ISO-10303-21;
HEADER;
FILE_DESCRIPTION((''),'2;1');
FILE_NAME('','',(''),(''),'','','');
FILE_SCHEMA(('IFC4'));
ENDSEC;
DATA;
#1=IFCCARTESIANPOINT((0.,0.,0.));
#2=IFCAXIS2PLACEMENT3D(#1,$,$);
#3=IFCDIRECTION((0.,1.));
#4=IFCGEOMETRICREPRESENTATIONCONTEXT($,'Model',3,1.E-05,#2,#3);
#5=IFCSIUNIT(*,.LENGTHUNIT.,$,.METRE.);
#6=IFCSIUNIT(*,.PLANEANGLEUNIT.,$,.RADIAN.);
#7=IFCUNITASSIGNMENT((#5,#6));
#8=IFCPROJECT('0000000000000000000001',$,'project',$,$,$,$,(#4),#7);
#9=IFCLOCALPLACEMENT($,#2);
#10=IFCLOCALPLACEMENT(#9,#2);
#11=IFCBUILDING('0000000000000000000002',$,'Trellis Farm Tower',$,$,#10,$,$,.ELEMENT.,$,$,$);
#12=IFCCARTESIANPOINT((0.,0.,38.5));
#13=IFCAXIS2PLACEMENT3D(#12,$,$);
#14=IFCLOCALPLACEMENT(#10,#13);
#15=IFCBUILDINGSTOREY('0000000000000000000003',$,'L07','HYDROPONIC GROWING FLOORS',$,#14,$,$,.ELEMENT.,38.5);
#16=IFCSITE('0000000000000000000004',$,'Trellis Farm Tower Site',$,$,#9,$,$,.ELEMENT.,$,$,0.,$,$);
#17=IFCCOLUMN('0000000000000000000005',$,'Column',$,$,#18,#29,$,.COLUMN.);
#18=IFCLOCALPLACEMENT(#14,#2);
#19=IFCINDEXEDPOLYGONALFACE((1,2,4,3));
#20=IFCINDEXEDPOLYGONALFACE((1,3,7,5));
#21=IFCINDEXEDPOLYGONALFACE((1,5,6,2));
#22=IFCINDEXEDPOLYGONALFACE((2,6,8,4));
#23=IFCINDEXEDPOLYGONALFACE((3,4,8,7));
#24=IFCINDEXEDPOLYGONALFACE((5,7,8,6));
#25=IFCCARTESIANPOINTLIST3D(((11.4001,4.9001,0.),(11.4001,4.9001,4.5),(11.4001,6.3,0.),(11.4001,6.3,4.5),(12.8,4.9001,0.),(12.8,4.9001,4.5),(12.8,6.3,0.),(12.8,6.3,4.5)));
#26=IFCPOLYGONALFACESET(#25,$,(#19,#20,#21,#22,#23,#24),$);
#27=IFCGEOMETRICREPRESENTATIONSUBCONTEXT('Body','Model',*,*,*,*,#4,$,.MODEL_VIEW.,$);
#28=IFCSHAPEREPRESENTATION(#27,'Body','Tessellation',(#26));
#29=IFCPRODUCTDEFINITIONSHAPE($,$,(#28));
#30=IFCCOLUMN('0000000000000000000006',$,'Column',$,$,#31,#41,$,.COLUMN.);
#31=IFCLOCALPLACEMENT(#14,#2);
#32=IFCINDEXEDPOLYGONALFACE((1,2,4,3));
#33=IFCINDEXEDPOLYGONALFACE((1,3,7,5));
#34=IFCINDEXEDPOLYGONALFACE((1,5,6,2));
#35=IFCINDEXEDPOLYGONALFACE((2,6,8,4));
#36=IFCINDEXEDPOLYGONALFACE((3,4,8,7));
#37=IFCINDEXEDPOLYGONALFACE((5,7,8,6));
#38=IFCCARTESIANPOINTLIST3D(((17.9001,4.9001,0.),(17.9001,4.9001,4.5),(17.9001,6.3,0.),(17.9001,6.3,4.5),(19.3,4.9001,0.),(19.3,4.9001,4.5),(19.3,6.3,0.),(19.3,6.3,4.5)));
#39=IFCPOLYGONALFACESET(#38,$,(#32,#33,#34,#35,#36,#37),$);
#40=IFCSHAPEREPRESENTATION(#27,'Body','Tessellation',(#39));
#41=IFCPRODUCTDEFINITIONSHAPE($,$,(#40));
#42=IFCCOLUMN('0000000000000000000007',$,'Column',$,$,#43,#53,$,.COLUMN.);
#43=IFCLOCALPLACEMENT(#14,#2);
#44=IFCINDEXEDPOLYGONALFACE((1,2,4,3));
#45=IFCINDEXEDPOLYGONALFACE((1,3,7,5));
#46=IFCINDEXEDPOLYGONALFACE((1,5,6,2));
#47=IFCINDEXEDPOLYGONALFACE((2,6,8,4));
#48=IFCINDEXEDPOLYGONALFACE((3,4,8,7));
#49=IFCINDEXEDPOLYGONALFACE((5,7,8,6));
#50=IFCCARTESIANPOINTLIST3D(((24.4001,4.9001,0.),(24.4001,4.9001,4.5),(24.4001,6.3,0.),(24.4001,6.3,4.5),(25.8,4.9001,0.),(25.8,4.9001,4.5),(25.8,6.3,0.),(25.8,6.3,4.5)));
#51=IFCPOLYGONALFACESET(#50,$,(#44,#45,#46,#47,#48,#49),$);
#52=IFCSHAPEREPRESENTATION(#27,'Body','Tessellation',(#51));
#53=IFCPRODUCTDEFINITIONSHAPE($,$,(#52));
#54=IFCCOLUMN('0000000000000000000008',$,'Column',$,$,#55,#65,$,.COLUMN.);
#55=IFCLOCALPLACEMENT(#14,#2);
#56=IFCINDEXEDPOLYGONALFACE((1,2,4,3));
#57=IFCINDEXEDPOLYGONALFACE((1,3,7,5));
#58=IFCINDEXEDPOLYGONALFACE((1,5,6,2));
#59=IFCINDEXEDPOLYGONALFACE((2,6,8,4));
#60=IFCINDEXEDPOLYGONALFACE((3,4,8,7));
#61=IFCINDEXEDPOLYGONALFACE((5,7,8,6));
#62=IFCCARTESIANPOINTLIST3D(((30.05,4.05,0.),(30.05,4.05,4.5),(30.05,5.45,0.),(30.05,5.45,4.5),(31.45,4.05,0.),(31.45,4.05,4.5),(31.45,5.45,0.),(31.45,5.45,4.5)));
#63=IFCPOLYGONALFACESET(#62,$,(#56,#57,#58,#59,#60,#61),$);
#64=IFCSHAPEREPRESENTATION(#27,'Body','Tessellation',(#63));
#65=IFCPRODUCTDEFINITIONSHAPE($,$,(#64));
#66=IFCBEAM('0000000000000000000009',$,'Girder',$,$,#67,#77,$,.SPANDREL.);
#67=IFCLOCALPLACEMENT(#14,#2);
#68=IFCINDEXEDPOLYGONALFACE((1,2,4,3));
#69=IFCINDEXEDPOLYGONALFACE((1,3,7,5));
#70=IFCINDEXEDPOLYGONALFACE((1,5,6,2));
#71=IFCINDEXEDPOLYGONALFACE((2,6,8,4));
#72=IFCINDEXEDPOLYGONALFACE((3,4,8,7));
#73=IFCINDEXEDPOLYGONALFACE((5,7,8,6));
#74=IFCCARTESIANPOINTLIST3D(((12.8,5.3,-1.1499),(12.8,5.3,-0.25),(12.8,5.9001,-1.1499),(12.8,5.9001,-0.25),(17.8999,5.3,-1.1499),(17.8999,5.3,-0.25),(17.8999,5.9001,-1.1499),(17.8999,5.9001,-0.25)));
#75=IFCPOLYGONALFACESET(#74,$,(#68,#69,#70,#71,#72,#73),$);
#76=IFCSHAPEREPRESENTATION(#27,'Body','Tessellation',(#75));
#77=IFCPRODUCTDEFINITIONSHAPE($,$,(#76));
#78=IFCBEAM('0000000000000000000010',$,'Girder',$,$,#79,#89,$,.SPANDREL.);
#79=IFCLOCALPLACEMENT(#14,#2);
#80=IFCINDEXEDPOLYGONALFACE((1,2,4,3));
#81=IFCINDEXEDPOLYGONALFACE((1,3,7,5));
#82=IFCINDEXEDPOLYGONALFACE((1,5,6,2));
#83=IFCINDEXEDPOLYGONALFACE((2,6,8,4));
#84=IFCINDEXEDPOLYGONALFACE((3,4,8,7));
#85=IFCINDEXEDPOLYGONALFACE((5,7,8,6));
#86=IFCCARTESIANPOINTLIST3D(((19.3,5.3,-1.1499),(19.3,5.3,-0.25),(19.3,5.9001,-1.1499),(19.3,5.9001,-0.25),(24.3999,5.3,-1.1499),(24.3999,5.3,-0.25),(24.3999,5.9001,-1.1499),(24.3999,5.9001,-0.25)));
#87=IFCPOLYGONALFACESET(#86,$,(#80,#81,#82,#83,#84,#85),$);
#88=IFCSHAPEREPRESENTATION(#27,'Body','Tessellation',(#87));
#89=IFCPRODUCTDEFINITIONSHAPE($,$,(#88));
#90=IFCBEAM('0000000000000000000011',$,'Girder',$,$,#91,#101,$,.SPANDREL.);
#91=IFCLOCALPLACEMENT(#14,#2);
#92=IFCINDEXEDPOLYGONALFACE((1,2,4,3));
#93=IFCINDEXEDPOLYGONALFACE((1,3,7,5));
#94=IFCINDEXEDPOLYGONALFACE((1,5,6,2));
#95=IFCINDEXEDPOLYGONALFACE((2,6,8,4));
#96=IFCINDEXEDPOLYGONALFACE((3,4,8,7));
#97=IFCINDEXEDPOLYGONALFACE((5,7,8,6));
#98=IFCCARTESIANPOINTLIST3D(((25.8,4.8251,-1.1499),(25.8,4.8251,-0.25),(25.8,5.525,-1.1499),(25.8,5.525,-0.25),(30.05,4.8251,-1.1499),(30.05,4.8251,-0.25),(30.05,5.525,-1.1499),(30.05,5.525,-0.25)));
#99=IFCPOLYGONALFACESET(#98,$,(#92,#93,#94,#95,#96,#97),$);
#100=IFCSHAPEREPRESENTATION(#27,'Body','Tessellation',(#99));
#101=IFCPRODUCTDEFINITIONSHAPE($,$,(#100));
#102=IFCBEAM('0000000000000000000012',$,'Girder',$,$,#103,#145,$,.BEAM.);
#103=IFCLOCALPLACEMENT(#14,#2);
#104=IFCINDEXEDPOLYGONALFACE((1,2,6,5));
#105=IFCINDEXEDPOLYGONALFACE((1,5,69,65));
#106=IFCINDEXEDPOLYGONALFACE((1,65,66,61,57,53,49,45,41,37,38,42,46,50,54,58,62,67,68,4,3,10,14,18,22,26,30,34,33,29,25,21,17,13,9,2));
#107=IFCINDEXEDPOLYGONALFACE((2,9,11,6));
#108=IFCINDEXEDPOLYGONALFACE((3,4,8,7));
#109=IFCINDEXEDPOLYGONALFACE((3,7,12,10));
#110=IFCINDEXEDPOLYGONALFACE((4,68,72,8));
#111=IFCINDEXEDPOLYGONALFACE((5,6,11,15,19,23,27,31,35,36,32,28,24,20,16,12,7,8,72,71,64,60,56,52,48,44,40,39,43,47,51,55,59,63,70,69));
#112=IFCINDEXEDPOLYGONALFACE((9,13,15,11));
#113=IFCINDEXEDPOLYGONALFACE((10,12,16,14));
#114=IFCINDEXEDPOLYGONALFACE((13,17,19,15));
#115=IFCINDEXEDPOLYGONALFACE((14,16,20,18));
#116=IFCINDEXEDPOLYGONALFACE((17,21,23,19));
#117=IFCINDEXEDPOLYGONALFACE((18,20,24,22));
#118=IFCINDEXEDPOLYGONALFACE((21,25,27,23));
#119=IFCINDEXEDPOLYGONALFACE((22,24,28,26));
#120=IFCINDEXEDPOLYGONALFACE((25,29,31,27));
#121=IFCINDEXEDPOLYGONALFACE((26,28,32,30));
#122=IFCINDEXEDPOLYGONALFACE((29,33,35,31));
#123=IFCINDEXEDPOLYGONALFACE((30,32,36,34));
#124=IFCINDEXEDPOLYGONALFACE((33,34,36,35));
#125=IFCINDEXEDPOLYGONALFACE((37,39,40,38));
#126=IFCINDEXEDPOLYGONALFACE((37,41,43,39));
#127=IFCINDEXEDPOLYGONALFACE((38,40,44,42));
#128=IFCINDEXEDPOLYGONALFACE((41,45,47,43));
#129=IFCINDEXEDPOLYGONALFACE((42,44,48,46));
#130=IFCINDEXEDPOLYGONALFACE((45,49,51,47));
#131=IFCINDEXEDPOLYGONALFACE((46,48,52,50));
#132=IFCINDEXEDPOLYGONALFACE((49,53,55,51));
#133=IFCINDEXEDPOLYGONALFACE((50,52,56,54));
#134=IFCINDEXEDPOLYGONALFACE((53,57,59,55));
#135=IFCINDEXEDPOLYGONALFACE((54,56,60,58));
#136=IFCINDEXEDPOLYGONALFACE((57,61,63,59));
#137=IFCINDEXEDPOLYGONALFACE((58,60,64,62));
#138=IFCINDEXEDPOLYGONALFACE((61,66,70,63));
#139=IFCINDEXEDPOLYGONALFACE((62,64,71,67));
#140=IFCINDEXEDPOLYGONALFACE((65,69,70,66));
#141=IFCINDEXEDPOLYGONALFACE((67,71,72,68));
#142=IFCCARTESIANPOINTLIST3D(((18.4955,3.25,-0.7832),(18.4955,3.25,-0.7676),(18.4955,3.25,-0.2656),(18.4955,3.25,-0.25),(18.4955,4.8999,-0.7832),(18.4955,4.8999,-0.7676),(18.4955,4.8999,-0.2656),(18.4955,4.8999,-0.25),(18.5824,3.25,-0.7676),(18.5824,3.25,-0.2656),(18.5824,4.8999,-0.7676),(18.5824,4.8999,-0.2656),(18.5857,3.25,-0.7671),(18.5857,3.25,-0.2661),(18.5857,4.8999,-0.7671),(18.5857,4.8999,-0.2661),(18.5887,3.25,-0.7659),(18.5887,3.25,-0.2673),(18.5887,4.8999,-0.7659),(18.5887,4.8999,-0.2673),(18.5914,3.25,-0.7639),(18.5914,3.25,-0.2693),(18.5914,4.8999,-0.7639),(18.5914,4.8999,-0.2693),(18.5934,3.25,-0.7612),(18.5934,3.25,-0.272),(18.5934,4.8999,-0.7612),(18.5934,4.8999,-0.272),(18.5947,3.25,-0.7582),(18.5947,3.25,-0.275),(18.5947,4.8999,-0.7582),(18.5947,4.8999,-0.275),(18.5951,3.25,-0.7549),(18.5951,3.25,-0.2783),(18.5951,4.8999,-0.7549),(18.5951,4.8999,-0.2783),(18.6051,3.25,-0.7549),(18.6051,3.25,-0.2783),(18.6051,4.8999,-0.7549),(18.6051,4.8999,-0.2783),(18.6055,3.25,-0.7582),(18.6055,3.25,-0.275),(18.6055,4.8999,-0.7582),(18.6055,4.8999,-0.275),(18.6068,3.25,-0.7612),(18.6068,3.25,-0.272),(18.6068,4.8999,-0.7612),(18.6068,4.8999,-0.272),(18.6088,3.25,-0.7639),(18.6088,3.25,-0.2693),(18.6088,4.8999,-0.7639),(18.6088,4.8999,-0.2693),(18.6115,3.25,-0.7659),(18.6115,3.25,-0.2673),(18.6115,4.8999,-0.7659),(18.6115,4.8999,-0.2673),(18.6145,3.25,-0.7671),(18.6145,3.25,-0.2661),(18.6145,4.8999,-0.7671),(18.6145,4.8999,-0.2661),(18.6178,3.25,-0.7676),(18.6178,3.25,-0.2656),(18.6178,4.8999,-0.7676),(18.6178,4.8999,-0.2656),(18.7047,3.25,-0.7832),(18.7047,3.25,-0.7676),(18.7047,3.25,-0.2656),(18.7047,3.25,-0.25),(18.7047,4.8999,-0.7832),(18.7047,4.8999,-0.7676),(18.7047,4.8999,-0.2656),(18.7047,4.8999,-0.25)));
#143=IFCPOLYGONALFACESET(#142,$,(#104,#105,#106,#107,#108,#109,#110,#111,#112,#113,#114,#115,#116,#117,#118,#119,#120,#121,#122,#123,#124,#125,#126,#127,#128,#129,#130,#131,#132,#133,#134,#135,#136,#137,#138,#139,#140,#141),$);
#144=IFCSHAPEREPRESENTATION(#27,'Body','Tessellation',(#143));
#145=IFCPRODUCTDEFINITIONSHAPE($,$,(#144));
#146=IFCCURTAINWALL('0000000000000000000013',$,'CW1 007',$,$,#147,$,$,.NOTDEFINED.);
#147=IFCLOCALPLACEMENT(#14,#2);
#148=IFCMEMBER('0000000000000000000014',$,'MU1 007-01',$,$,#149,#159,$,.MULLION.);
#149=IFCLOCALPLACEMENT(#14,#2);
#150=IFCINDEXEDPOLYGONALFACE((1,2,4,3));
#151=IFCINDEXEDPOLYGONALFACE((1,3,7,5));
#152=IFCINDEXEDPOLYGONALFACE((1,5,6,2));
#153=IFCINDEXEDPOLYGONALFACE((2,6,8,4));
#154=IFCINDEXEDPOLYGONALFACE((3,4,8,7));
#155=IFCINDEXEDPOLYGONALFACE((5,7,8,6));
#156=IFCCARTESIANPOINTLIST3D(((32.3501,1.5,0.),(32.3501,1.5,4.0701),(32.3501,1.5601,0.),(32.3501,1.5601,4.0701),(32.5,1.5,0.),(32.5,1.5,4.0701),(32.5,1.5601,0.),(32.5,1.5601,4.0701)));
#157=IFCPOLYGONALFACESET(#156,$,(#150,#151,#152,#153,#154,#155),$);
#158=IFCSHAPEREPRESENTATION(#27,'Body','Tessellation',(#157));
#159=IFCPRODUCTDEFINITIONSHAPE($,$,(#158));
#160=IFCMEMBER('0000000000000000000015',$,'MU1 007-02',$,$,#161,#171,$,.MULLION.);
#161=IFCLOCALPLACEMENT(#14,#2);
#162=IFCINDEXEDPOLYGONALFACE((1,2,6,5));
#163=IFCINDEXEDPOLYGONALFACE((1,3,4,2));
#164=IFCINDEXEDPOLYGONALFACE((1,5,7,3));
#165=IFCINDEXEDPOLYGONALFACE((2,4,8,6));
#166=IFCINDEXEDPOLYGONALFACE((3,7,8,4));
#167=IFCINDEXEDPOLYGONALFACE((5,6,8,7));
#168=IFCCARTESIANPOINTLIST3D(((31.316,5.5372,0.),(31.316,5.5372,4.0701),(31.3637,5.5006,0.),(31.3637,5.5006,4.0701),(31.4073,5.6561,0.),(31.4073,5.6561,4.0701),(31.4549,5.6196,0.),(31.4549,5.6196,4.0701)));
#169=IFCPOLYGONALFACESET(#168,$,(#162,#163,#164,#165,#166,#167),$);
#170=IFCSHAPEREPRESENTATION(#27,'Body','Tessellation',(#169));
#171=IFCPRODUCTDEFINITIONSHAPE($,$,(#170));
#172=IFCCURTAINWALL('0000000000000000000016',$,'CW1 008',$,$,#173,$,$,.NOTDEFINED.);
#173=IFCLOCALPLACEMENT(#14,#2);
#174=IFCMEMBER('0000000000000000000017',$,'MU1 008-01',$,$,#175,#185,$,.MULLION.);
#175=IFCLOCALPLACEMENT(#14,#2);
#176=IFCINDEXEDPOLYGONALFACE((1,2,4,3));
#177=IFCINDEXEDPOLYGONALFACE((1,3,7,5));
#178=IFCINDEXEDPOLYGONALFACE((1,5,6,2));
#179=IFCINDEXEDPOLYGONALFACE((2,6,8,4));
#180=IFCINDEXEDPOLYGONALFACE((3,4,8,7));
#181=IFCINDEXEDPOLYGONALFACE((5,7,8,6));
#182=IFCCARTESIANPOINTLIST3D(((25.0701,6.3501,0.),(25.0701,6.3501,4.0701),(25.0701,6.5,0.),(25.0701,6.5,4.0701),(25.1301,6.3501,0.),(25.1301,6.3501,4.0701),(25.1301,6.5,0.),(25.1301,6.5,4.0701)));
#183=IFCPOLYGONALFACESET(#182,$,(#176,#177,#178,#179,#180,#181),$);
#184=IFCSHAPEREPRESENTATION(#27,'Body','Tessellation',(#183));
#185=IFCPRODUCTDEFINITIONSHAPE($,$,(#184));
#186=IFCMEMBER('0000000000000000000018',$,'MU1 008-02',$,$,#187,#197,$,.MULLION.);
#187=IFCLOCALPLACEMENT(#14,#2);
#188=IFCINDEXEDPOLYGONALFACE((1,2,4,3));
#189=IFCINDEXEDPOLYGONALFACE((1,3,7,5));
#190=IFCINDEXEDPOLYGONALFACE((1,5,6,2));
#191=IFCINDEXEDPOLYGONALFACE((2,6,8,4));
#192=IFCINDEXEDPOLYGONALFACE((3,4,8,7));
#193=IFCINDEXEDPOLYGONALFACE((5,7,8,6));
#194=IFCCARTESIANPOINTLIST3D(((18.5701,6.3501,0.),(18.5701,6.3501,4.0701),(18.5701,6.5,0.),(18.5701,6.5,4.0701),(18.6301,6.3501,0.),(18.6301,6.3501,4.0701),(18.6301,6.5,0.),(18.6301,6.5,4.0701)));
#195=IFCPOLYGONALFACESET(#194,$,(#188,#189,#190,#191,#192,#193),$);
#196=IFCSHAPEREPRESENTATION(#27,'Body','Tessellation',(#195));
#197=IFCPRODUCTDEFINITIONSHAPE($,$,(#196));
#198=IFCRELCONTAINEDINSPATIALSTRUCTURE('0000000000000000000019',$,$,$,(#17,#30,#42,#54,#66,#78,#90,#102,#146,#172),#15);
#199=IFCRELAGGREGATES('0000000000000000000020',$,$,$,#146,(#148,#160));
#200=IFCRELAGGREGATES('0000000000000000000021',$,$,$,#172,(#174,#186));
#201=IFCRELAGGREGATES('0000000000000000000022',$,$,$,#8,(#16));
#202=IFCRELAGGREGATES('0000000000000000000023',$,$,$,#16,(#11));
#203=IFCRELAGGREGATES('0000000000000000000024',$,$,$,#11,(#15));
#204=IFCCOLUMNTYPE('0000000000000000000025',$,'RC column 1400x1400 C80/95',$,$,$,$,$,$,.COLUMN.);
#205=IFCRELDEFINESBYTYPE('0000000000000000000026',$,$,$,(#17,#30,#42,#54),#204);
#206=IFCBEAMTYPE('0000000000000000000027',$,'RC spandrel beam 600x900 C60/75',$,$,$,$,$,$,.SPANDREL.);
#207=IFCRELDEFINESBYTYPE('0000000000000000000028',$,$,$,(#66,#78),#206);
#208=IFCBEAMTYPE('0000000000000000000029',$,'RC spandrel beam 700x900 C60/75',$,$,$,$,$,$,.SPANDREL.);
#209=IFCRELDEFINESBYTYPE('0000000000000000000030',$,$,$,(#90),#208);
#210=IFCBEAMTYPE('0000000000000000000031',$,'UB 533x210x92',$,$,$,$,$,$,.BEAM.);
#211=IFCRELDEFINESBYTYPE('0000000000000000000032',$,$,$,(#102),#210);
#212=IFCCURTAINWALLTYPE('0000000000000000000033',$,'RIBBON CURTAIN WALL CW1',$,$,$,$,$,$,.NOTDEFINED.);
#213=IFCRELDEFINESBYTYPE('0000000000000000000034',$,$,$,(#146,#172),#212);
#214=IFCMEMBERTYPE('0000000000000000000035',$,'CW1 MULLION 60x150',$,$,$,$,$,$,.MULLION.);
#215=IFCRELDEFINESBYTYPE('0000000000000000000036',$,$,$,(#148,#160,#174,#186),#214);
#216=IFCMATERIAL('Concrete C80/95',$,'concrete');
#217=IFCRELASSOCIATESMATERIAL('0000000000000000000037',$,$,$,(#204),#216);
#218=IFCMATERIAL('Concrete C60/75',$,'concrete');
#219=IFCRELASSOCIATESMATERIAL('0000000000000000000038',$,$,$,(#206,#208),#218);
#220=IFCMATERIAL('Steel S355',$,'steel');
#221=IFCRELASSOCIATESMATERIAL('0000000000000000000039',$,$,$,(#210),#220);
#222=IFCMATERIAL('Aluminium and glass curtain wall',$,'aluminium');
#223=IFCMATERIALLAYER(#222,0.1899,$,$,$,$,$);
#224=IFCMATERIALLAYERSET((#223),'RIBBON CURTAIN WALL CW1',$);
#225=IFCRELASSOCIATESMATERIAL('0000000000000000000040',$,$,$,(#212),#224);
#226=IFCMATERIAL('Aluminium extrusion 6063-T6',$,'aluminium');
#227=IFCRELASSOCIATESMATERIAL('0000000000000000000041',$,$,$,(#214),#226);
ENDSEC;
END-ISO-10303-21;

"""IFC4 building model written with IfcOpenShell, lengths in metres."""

from ifc_helpers import new_model, si_unit, direction, frame, origin, origin_2d, place, context, subcontext, project, spatial, rectangle, i_section, extrude, source, transform, mapped, material, layer, layer_set, material_profile, profile_set, type_object, element, aggregate, save


model = new_model("IFC4")

# Units and contexts
model_context = context("Model", 3, precision=1e-05, world=origin(), true_north=direction((0.0, 1.0)))
body_context = subcontext(model_context, "Body", "Model", "MODEL_VIEW")
ifc_project = project(units=[si_unit("LENGTHUNIT", "METRE"), si_unit("PLANEANGLEUNIT", "RADIAN")], contexts=[model_context])

# Site, building, storey
site_placement = place(None, origin())
site = spatial("IfcSite", under=ifc_project, at=site_placement, Name="Trellis Farm Tower Site", CompositionType="ELEMENT", RefElevation=0.0)
building_placement = place(site_placement, origin())
building = spatial("IfcBuilding", under=site, at=building_placement, Name="Trellis Farm Tower", CompositionType="ELEMENT")
storey_placement = place(building_placement, frame((0.0, 0.0, 38.5)))
storey = spatial("IfcBuildingStorey", under=building, at=storey_placement, Name="L07", Description="HYDROPONIC GROWING FLOORS", CompositionType="ELEMENT", Elevation=38.5)

# Columns
ifc_material_1 = material(Name="Concrete C80/95", Category="concrete")
ifc_material_profile_1 = material_profile(ifc_material_1, rectangle(XDim=1.3999, YDim=1.3999, at=origin_2d()), Name="RC column 1400x1400 C80/95")
ifc_profile_set_1 = profile_set([ifc_material_profile_1], Name="Concrete C80/95")
column_type = type_object("IfcColumnType", Name="RC column 1400x1400 C80/95", PredefinedType="COLUMN", material=ifc_profile_set_1)
shared_shape_1 = source(origin(), body_context, "Body", "SweptSolid", [
    extrude(rectangle(XDim=1.3999, YDim=1.3999, at=origin_2d()), origin(), (0.0, 0.0, 1.0), 4.5),
])
for number, where, z_axis, x_axis, name in (
    (1, (12.1001, 5.6001, 0.0), (0.0, 0.0, 1.0), (1.0, 0.0, 0.0), "Column"),
    (2, (18.6001, 5.6001, 0.0), (0.0, 0.0, 1.0), (1.0, 0.0, 0.0), "Column"),
    (3, (25.1001, 5.6001, 0.0), (0.0, 0.0, 1.0), (1.0, 0.0, 0.0), "Column"),
    (4, (30.75, 4.75, 0.0), (0.0, 0.0, 1.0), (1.0, 0.0, 0.0), "Column"),
):
    element("IfcColumn", number, at=place(storey_placement, frame(where, z_axis=z_axis, x_axis=x_axis)), inside=storey, type_object=column_type, Name=name, PredefinedType="COLUMN", context=body_context, shape_type="MappedRepresentation", body=[
        mapped(shared_shape_1, transform((0.0, 0.0, 0.0))),
    ])

# Beams
ifc_material_2 = material(Name="Concrete C60/75", Category="concrete")
ifc_material_profile_2 = material_profile(ifc_material_2, rectangle(XDim=0.6001, YDim=0.8999, at=origin_2d()), Name="RC spandrel beam 600x900 C60/75")
ifc_profile_set_2 = profile_set([ifc_material_profile_2], Name="Concrete C60/75")
beam_type_1 = type_object("IfcBeamType", Name="RC spandrel beam 600x900 C60/75", PredefinedType="SPANDREL", material=ifc_profile_set_2)
shared_shape_2 = source(origin(), body_context, "Body", "SweptSolid", [
    extrude(rectangle(XDim=0.6001, YDim=0.8999, at=origin_2d()), origin(), (0.0, 0.0, 1.0), 5.0999),
])
for number, where, z_axis, x_axis, name in (
    (5, (12.8, 5.6001, -0.7), (1.0, 0.0, 0.0), (0.0, 1.0, 0.0), "Girder"),
    (6, (19.3, 5.6001, -0.7), (1.0, 0.0, 0.0), (0.0, 1.0, 0.0), "Girder"),
):
    element("IfcBeam", number, at=place(storey_placement, frame(where, z_axis=z_axis, x_axis=x_axis)), inside=storey, type_object=beam_type_1, Name=name, PredefinedType="SPANDREL", context=body_context, shape_type="MappedRepresentation", body=[
        mapped(shared_shape_2, transform((0.0, 0.0, 0.0))),
    ])
ifc_material_profile_3 = material_profile(ifc_material_2, rectangle(XDim=0.7, YDim=0.8999, at=origin_2d()), Name="RC spandrel beam 700x900 C60/75")
ifc_profile_set_3 = profile_set([ifc_material_profile_3], Name="Concrete C60/75")
beam_type_2 = type_object("IfcBeamType", Name="RC spandrel beam 700x900 C60/75", PredefinedType="SPANDREL", material=ifc_profile_set_3)
shared_shape_3 = source(origin(), body_context, "Body", "SweptSolid", [
    extrude(rectangle(XDim=0.7, YDim=0.8999, at=origin_2d()), origin(), (0.0, 0.0, 1.0), 4.25),
])
beam_1_placement = place(storey_placement, frame((25.8, 5.175, -0.7), z_axis=(1.0, 0.0, 0.0), x_axis=(0.0, 1.0, 0.0)))
element("IfcBeam", 7, at=beam_1_placement, inside=storey, type_object=beam_type_2, Name="Girder", PredefinedType="SPANDREL", context=body_context, shape_type="MappedRepresentation", body=[
    mapped(shared_shape_3, transform((0.0, 0.0, 0.0))),
])
ifc_material_3 = material(Name="Steel S355", Category="steel")
ifc_material_profile_4 = material_profile(ifc_material_3, i_section(OverallWidth=0.2092, OverallDepth=0.5332, WebThickness=0.01, FlangeThickness=0.0156, FilletRadius=0.0127, at=origin_2d()), Name="UB 533x210x92")
ifc_profile_set_4 = profile_set([ifc_material_profile_4], Name="Steel S355")
beam_type_3 = type_object("IfcBeamType", Name="UB 533x210x92", PredefinedType="BEAM", material=ifc_profile_set_4)
shared_shape_4 = source(origin(), body_context, "Body", "SweptSolid", [
    extrude(i_section(OverallWidth=0.2092, OverallDepth=0.5332, WebThickness=0.01, FlangeThickness=0.0156, FilletRadius=0.0127, at=origin_2d()), origin(), (0.0, 0.0, 1.0), 1.6499),
])
beam_2_placement = place(storey_placement, frame((18.6001, 3.25, -0.5166), z_axis=(0.0, 1.0, 0.0), x_axis=(-1.0, 0.0, 0.0)))
element("IfcBeam", 8, at=beam_2_placement, inside=storey, type_object=beam_type_3, Name="Girder", PredefinedType="BEAM", context=body_context, shape_type="MappedRepresentation", body=[
    mapped(shared_shape_4, transform((0.0, 0.0, 0.0))),
])

# Curtain walls, members
ifc_material_4 = material(Name="Aluminium and glass curtain wall", Category="aluminium")
ifc_layer_1 = layer(ifc_material_4, 0.1899)
ifc_layer_set_1 = layer_set([ifc_layer_1], Name="RIBBON CURTAIN WALL CW1")
curtain_wall_type = type_object("IfcCurtainWallType", Name="RIBBON CURTAIN WALL CW1", PredefinedType="NOTDEFINED", material=ifc_layer_set_1)
placement = place(storey_placement, origin())
curtain_wall_1 = element("IfcCurtainWall", 9, at=placement, inside=storey, type_object=curtain_wall_type, Name="CW1 007", PredefinedType="NOTDEFINED")
ifc_material_5 = material(Name="Aluminium extrusion 6063-T6", Category="aluminium")
ifc_material_profile_5 = material_profile(ifc_material_5, rectangle(XDim=0.0601, YDim=0.1499, at=origin_2d()), Name="MULLION 60x150")
ifc_profile_set_5 = profile_set([ifc_material_profile_5], Name="Aluminium extrusion 6063-T6")
member_type = type_object("IfcMemberType", Name="CW1 MULLION 60x150", PredefinedType="MULLION", material=ifc_profile_set_5)
shared_shape_5 = source(origin(), body_context, "Body", "SweptSolid", [
    extrude(rectangle(XDim=0.0601, YDim=0.1499, at=origin_2d()), origin(), (0.0, 0.0, 1.0), 4.0701),
])
member_1_placement = place(storey_placement, frame((32.425, 1.53, 0.0), z_axis=(0.0, 0.0, 1.0), x_axis=(0.0, 1.0, 0.0)))
member_1 = element("IfcMember", 10, at=member_1_placement, type_object=member_type, Name="MU1 007-01", PredefinedType="MULLION", context=body_context, shape_type="MappedRepresentation", body=[
    mapped(shared_shape_5, transform((0.0, 0.0, 0.0))),
])
member_2_placement = place(storey_placement, frame((31.3855, 5.5784, 0.0), z_axis=(0.0, 0.0, 1.0), x_axis=(-0.793353, 0.608761, 0.0)))
member_2 = element("IfcMember", 11, at=member_2_placement, type_object=member_type, Name="MU1 007-02", PredefinedType="MULLION", context=body_context, shape_type="MappedRepresentation", body=[
    mapped(shared_shape_5, transform((0.0, 0.0, 0.0))),
])
aggregate(curtain_wall_1, [member_1, member_2])
curtain_wall_2 = element("IfcCurtainWall", 12, at=placement, inside=storey, type_object=curtain_wall_type, Name="CW1 008", PredefinedType="NOTDEFINED")
member_3_placement = place(storey_placement, frame((25.1001, 6.425, 0.0), z_axis=(0.0, 0.0, 1.0), x_axis=(-1.0, 0.0, 0.0)))
member_3 = element("IfcMember", 13, at=member_3_placement, type_object=member_type, Name="MU1 008-01", PredefinedType="MULLION", context=body_context, shape_type="MappedRepresentation", body=[
    mapped(shared_shape_5, transform((0.0, 0.0, 0.0))),
])
member_4_placement = place(storey_placement, frame((18.6001, 6.425, 0.0), z_axis=(0.0, 0.0, 1.0), x_axis=(-1.0, 0.0, 0.0)))
member_4 = element("IfcMember", 14, at=member_4_placement, type_object=member_type, Name="MU1 008-02", PredefinedType="MULLION", context=body_context, shape_type="MappedRepresentation", body=[
    mapped(shared_shape_5, transform((0.0, 0.0, 0.0))),
])
aggregate(curtain_wall_2, [member_3, member_4])

save(model, "model.ifc")
